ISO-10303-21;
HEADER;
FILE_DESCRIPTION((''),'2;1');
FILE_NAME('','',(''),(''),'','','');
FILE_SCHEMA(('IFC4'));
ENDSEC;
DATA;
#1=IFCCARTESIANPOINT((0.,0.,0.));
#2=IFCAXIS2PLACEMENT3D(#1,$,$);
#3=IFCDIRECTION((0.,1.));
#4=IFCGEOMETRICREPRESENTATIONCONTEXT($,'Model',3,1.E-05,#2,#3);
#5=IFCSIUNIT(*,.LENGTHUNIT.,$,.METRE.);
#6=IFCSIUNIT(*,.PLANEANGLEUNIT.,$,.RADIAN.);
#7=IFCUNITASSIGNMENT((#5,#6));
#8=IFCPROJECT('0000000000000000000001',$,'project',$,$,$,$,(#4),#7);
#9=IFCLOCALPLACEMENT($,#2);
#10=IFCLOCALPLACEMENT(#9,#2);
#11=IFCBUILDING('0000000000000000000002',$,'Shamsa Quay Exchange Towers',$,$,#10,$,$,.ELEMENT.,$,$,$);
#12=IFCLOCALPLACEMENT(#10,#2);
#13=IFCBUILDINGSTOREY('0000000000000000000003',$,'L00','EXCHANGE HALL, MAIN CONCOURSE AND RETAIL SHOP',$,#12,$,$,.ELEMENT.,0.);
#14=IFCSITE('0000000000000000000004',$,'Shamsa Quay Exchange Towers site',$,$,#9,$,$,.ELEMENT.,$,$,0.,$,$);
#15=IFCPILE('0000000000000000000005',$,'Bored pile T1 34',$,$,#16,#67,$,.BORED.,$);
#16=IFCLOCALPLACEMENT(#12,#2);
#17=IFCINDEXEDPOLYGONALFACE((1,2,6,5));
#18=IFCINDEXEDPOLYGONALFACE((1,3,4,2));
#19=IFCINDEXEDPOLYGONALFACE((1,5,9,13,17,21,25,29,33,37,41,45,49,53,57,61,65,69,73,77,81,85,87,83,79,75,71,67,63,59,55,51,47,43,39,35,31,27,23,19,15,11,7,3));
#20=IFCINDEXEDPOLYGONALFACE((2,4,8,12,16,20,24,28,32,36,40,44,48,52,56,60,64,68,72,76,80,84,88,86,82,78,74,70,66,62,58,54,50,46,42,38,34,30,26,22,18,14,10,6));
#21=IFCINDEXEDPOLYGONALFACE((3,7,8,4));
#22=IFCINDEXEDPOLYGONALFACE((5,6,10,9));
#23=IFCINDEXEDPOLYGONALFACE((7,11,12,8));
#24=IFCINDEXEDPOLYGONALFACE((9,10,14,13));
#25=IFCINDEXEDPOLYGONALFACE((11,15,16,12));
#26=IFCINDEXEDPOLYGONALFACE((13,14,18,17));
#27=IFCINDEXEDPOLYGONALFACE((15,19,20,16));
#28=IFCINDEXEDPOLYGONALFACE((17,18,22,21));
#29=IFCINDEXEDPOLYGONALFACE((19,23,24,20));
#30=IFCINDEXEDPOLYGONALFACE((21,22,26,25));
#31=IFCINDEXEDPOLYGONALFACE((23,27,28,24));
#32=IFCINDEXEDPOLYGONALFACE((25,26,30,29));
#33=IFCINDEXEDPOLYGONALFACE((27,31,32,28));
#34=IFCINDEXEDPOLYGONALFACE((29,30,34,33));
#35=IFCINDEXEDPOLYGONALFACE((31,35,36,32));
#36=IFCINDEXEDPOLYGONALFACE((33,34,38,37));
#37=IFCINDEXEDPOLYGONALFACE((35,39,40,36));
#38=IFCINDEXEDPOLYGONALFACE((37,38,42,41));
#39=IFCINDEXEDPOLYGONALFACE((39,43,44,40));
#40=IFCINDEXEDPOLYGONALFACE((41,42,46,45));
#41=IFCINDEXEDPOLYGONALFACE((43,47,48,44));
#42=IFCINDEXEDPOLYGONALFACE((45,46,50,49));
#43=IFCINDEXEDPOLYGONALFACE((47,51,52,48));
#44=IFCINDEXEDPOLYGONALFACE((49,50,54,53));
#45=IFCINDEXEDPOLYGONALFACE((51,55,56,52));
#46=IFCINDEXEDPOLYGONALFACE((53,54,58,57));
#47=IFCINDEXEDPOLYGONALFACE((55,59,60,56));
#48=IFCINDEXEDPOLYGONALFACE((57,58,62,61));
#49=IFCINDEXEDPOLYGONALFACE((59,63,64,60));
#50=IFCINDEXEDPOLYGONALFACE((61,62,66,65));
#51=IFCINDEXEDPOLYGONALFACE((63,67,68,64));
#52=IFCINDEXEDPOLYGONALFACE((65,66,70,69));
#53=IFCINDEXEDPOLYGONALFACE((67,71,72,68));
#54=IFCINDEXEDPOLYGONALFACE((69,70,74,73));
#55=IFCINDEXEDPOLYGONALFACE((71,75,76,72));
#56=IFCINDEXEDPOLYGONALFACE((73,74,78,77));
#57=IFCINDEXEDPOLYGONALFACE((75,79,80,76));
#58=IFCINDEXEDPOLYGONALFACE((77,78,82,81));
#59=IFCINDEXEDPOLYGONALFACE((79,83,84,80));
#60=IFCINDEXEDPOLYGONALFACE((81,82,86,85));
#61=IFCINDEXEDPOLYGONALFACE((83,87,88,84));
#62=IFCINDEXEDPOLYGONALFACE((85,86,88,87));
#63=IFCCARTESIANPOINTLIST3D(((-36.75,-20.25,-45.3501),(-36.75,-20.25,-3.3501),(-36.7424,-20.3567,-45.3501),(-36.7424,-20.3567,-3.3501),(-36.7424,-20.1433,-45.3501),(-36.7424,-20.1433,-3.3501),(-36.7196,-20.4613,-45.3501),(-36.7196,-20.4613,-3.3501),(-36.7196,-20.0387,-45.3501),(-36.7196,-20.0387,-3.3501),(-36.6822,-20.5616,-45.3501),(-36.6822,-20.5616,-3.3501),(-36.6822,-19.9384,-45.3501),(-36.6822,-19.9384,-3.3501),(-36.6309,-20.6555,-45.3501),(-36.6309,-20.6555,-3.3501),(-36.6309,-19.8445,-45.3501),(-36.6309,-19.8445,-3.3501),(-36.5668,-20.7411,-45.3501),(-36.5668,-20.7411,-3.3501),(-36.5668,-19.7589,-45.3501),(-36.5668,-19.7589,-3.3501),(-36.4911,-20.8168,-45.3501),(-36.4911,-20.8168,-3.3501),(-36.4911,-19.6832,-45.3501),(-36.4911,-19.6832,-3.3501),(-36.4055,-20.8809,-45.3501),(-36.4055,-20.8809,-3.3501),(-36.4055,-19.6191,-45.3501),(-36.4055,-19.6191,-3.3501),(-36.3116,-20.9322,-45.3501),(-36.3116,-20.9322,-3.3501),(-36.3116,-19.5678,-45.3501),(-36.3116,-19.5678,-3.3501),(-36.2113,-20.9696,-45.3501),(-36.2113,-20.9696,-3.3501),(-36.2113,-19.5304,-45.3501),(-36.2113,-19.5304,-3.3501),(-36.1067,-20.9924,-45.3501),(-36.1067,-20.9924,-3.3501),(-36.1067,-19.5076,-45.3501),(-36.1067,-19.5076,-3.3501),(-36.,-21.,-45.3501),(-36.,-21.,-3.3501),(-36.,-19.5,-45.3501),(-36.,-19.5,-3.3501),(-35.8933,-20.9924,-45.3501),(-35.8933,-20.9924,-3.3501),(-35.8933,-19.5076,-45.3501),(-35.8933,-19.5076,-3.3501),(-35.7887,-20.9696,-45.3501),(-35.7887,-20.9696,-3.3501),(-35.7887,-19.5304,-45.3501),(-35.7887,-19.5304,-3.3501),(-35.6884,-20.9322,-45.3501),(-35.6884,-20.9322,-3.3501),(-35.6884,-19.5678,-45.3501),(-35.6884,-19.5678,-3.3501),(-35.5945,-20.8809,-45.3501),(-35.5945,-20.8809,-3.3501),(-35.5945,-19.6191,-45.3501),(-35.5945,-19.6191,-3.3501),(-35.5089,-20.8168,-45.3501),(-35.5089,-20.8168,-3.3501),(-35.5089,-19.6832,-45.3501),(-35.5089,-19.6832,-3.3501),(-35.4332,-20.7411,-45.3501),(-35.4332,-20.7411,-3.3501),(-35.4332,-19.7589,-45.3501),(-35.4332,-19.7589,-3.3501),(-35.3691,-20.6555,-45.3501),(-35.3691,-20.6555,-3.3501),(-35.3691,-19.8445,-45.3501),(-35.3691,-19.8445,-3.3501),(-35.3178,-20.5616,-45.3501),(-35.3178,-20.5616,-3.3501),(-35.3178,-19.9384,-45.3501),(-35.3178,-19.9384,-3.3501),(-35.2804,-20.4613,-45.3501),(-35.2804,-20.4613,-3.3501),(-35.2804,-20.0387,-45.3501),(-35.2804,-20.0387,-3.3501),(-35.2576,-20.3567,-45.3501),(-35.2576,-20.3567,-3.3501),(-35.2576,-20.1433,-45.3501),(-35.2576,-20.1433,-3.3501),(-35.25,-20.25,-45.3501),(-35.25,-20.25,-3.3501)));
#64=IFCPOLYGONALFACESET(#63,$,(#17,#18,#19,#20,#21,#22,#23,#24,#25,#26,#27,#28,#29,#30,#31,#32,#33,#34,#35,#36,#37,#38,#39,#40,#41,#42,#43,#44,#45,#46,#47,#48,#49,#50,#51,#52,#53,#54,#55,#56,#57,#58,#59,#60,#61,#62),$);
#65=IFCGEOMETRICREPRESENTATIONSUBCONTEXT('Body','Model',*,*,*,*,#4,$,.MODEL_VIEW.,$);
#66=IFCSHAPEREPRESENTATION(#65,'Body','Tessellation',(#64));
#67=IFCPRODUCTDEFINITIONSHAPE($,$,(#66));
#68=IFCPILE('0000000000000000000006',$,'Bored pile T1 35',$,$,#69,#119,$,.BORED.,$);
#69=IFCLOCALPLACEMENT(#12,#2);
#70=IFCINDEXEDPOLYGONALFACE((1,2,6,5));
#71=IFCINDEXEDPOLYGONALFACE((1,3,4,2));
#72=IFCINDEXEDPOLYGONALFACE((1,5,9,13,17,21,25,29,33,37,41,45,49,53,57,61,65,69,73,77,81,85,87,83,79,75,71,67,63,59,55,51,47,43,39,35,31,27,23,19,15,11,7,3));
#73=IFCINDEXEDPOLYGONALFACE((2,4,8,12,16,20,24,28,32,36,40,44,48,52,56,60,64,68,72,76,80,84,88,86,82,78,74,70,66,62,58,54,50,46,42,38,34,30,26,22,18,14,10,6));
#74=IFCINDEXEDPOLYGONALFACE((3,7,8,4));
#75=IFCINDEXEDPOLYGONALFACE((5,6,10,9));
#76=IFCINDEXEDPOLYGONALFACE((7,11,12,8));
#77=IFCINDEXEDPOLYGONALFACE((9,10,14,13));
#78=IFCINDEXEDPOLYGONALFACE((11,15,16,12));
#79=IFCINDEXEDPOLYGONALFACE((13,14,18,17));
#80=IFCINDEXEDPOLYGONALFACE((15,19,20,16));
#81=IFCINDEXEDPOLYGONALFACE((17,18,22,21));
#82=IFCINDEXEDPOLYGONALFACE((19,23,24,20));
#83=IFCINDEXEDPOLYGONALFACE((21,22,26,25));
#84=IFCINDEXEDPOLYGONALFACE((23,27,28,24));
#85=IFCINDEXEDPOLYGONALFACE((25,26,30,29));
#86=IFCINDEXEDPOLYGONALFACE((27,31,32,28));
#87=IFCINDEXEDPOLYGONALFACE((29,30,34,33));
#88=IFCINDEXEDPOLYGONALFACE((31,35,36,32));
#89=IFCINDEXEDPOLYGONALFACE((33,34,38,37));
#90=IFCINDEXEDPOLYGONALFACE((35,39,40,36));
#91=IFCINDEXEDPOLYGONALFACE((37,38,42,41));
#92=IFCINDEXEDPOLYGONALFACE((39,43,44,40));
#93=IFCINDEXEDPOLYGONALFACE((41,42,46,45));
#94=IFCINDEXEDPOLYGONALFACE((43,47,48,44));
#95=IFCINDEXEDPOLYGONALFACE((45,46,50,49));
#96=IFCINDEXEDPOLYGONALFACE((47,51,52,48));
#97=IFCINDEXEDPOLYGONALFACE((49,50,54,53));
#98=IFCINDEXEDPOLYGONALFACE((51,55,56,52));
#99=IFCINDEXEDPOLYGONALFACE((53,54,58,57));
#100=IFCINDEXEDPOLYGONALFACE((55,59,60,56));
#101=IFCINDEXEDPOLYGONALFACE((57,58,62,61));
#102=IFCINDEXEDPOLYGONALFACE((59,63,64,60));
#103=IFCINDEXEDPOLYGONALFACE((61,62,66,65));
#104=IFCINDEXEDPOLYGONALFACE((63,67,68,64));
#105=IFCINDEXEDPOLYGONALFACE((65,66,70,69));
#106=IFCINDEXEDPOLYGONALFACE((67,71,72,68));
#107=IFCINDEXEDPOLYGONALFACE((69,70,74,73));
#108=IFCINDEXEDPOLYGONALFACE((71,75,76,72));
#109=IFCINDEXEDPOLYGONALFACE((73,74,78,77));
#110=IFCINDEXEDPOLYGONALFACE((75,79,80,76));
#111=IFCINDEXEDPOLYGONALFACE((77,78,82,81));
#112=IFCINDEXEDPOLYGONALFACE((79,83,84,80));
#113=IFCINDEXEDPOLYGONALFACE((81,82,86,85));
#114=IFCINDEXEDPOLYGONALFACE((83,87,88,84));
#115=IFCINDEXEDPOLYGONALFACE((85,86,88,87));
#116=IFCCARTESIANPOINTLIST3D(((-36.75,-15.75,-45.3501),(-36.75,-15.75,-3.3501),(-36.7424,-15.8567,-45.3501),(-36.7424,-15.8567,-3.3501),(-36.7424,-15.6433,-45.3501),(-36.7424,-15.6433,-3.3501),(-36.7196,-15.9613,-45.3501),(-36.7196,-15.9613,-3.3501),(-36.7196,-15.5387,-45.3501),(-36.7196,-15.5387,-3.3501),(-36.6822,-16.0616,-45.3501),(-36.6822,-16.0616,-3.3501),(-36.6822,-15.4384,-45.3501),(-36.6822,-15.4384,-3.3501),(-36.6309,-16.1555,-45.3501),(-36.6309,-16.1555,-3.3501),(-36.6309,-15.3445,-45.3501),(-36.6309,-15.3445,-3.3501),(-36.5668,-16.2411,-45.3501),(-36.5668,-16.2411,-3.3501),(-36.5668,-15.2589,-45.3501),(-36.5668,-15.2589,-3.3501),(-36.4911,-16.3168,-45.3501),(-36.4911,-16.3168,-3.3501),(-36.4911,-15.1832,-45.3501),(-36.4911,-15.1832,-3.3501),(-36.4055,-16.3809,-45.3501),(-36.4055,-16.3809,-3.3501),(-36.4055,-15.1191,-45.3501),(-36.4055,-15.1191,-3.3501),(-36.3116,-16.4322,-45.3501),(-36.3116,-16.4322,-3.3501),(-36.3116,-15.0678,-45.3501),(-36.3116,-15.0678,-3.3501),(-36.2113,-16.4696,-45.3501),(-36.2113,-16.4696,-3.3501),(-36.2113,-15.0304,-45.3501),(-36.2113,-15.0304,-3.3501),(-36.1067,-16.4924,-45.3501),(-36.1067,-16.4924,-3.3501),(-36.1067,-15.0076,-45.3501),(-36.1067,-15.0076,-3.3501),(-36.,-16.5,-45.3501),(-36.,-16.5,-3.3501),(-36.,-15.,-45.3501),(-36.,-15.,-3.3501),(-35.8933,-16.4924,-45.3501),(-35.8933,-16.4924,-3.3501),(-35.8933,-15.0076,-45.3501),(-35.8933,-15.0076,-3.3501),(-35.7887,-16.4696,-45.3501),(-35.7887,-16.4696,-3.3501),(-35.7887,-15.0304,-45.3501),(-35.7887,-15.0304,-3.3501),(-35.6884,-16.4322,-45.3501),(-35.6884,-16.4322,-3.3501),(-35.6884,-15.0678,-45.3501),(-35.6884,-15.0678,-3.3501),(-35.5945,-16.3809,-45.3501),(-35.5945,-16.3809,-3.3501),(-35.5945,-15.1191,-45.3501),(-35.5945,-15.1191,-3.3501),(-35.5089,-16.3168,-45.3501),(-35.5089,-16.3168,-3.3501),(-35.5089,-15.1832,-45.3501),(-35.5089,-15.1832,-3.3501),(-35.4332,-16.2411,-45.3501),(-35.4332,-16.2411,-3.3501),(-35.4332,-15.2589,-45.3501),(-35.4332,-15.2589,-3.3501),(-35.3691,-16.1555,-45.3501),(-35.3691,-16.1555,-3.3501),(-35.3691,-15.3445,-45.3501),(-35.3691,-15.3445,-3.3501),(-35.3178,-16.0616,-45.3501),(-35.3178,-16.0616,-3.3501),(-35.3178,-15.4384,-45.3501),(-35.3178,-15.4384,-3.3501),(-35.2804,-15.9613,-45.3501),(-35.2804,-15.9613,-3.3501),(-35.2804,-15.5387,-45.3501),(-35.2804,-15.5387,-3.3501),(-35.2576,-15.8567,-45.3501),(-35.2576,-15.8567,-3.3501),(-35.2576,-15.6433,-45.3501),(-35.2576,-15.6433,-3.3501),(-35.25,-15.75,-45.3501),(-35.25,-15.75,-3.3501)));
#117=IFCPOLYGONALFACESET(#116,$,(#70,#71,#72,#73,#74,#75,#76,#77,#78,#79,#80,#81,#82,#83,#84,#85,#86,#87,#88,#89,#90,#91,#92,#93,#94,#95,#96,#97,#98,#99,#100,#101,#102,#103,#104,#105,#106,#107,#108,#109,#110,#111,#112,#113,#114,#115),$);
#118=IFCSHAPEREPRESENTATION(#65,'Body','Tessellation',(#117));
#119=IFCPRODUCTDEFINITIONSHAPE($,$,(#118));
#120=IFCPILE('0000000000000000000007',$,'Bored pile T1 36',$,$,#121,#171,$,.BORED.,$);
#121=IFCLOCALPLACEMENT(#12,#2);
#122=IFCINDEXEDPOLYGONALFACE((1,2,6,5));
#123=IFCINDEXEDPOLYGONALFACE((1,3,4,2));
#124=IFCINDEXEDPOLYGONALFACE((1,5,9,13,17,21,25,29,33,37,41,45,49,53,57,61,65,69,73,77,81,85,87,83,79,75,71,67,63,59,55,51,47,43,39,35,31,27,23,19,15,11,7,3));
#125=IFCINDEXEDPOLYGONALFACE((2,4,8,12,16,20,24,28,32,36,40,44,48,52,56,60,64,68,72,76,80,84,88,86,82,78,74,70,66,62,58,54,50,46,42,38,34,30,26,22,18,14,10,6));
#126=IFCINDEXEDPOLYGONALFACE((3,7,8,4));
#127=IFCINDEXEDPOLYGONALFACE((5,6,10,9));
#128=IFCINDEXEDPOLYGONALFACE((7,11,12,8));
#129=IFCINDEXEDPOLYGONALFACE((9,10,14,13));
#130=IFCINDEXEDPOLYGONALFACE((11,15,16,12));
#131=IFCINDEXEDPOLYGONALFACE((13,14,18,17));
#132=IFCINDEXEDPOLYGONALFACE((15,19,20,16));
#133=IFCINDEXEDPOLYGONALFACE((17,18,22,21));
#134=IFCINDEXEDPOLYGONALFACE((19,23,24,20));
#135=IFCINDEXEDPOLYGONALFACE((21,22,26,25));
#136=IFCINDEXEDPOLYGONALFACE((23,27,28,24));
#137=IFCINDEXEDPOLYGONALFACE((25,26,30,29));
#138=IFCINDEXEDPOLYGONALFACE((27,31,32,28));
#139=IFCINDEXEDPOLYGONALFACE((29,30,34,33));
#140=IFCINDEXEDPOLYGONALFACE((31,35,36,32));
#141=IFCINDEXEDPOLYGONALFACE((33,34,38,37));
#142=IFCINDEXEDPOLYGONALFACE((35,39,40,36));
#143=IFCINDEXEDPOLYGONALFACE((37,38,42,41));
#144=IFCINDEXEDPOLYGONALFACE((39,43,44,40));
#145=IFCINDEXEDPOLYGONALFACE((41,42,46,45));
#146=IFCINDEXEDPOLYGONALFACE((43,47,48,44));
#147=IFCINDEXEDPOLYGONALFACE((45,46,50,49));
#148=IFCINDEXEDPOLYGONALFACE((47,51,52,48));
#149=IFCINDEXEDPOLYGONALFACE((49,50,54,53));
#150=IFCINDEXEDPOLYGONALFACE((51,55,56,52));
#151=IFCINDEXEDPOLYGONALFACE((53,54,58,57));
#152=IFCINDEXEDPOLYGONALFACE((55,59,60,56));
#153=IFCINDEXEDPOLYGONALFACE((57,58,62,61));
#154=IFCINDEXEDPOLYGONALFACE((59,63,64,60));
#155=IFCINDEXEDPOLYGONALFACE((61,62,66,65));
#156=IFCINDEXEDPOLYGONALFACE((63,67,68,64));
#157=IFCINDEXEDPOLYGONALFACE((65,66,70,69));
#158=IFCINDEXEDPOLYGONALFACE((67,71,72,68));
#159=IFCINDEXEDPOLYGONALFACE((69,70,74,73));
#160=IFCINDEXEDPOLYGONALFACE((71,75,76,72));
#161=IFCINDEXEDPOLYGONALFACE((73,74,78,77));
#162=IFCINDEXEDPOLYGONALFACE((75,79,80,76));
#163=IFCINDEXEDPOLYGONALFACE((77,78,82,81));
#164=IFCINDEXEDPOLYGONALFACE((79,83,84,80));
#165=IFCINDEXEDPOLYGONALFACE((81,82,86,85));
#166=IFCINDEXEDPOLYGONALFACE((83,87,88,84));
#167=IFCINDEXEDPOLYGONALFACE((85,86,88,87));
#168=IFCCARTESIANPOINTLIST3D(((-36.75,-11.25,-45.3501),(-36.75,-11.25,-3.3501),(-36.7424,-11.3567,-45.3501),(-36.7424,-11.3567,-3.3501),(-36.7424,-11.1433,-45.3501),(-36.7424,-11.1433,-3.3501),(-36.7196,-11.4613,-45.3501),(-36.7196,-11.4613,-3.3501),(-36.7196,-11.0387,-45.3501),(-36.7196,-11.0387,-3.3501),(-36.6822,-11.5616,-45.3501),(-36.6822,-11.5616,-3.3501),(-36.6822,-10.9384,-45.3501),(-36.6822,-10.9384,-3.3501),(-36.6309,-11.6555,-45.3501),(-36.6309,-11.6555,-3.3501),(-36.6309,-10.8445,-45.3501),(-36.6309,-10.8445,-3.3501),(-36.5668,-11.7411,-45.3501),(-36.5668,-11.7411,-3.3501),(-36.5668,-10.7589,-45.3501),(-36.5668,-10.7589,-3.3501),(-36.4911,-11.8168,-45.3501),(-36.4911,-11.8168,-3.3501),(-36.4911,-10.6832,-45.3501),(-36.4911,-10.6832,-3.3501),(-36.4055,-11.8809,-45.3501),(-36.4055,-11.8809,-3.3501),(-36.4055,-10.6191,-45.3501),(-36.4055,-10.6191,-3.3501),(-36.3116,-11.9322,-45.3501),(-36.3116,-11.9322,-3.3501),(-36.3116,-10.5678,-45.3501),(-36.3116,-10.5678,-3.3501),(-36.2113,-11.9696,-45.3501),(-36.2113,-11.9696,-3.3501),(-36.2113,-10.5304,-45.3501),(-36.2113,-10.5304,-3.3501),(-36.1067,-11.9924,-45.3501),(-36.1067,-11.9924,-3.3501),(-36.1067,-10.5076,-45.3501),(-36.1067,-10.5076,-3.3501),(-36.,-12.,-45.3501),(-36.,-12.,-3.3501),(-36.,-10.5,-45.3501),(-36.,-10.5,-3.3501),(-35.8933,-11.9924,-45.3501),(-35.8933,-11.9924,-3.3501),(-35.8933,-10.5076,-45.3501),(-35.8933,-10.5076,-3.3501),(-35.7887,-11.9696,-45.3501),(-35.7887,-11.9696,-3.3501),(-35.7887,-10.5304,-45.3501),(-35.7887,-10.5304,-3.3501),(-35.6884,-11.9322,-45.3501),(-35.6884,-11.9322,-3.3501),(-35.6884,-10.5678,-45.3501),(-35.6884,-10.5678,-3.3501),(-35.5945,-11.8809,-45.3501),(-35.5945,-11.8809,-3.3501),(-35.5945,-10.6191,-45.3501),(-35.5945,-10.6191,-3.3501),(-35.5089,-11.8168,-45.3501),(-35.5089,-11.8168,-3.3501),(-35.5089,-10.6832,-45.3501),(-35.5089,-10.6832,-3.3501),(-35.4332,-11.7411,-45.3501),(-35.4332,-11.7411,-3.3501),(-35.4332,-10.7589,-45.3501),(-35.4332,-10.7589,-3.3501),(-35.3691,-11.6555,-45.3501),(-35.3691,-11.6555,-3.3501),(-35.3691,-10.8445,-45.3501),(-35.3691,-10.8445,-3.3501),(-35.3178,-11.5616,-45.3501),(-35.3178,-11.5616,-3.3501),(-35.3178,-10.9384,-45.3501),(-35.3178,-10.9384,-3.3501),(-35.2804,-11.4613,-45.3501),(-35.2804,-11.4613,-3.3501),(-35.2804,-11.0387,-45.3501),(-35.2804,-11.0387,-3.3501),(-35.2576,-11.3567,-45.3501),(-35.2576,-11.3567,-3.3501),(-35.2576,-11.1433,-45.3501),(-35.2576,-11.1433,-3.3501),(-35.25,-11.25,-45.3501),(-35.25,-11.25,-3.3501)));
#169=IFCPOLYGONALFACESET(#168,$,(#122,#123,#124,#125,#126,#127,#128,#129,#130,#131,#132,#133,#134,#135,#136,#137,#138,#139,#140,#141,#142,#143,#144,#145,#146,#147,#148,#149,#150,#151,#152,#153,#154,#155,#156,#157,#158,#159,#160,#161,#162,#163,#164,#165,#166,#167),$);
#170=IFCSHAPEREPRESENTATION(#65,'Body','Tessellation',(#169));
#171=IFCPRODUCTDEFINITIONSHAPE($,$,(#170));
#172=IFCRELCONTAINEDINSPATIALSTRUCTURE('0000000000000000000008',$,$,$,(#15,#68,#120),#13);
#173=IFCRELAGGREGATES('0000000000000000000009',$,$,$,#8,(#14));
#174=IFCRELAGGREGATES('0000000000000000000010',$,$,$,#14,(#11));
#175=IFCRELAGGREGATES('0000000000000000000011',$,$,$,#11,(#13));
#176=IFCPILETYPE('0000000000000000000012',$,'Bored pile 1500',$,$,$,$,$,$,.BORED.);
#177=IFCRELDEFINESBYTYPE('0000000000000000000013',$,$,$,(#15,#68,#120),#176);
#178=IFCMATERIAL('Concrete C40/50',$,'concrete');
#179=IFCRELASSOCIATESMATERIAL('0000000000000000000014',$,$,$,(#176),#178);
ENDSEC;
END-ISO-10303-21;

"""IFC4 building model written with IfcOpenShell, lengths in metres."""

from ifc_helpers import new_model, si_unit, direction, frame, origin, origin_2d, place, context, subcontext, project, spatial, circle, extrude, material, material_profile, profile_set, type_object, element, save


model = new_model("IFC4")

# Units and contexts
model_context = context("Model", 3, precision=1e-05, world=origin(), true_north=direction((0.0, 1.0)))
body_context = subcontext(model_context, "Body", "Model", "MODEL_VIEW")
ifc_project = project(units=[si_unit("LENGTHUNIT", "METRE"), si_unit("PLANEANGLEUNIT", "RADIAN")], contexts=[model_context])

# Site, building, storey
site_placement = place(None, origin())
site = spatial("IfcSite", under=ifc_project, at=site_placement, Name="Shamsa Quay Exchange Towers site", CompositionType="ELEMENT", RefElevation=0.0)
building_placement = place(site_placement, origin())
building = spatial("IfcBuilding", under=site, at=building_placement, Name="Shamsa Quay Exchange Towers", CompositionType="ELEMENT")
storey_placement = place(building_placement, origin())
storey = spatial("IfcBuildingStorey", under=building, at=storey_placement, Name="L00", Description="EXCHANGE HALL, MAIN CONCOURSE AND RETAIL SHOP", CompositionType="ELEMENT", Elevation=0.0)

# Piles
ifc_material_1 = material(Name="Concrete C40/50", Category="concrete")
ifc_material_profile_1 = material_profile(ifc_material_1, circle(Radius=0.75, at=origin_2d()), Name="BP1500")
ifc_profile_set_1 = profile_set([ifc_material_profile_1], Name="Concrete C40/50")
pile_type_1 = type_object("IfcPileType", Name="Bored pile 1500", PredefinedType="BORED", material=ifc_profile_set_1)
for number, where, z_axis, x_axis, name in (
    (1, (-36.0, -20.25, -3.3501), (0.0, 0.0, -1.0), (1.0, 0.0, 0.0), "Bored pile T1 34"),
    (2, (-36.0, -15.75, -3.3501), (0.0, 0.0, -1.0), (1.0, 0.0, 0.0), "Bored pile T1 35"),
    (3, (-36.0, -11.25, -3.3501), (0.0, 0.0, -1.0), (1.0, 0.0, 0.0), "Bored pile T1 36"),
):
    element("IfcPile", number, at=place(storey_placement, frame(where, z_axis=z_axis, x_axis=x_axis)), inside=storey, type_object=pile_type_1, Name=name, PredefinedType="BORED", context=body_context, shape_type="SweptSolid", body=[
        extrude(circle(Radius=0.75, at=origin_2d()), origin(), (0.0, 0.0, 1.0), 42.0),
    ])

save(model, "model.ifc")
